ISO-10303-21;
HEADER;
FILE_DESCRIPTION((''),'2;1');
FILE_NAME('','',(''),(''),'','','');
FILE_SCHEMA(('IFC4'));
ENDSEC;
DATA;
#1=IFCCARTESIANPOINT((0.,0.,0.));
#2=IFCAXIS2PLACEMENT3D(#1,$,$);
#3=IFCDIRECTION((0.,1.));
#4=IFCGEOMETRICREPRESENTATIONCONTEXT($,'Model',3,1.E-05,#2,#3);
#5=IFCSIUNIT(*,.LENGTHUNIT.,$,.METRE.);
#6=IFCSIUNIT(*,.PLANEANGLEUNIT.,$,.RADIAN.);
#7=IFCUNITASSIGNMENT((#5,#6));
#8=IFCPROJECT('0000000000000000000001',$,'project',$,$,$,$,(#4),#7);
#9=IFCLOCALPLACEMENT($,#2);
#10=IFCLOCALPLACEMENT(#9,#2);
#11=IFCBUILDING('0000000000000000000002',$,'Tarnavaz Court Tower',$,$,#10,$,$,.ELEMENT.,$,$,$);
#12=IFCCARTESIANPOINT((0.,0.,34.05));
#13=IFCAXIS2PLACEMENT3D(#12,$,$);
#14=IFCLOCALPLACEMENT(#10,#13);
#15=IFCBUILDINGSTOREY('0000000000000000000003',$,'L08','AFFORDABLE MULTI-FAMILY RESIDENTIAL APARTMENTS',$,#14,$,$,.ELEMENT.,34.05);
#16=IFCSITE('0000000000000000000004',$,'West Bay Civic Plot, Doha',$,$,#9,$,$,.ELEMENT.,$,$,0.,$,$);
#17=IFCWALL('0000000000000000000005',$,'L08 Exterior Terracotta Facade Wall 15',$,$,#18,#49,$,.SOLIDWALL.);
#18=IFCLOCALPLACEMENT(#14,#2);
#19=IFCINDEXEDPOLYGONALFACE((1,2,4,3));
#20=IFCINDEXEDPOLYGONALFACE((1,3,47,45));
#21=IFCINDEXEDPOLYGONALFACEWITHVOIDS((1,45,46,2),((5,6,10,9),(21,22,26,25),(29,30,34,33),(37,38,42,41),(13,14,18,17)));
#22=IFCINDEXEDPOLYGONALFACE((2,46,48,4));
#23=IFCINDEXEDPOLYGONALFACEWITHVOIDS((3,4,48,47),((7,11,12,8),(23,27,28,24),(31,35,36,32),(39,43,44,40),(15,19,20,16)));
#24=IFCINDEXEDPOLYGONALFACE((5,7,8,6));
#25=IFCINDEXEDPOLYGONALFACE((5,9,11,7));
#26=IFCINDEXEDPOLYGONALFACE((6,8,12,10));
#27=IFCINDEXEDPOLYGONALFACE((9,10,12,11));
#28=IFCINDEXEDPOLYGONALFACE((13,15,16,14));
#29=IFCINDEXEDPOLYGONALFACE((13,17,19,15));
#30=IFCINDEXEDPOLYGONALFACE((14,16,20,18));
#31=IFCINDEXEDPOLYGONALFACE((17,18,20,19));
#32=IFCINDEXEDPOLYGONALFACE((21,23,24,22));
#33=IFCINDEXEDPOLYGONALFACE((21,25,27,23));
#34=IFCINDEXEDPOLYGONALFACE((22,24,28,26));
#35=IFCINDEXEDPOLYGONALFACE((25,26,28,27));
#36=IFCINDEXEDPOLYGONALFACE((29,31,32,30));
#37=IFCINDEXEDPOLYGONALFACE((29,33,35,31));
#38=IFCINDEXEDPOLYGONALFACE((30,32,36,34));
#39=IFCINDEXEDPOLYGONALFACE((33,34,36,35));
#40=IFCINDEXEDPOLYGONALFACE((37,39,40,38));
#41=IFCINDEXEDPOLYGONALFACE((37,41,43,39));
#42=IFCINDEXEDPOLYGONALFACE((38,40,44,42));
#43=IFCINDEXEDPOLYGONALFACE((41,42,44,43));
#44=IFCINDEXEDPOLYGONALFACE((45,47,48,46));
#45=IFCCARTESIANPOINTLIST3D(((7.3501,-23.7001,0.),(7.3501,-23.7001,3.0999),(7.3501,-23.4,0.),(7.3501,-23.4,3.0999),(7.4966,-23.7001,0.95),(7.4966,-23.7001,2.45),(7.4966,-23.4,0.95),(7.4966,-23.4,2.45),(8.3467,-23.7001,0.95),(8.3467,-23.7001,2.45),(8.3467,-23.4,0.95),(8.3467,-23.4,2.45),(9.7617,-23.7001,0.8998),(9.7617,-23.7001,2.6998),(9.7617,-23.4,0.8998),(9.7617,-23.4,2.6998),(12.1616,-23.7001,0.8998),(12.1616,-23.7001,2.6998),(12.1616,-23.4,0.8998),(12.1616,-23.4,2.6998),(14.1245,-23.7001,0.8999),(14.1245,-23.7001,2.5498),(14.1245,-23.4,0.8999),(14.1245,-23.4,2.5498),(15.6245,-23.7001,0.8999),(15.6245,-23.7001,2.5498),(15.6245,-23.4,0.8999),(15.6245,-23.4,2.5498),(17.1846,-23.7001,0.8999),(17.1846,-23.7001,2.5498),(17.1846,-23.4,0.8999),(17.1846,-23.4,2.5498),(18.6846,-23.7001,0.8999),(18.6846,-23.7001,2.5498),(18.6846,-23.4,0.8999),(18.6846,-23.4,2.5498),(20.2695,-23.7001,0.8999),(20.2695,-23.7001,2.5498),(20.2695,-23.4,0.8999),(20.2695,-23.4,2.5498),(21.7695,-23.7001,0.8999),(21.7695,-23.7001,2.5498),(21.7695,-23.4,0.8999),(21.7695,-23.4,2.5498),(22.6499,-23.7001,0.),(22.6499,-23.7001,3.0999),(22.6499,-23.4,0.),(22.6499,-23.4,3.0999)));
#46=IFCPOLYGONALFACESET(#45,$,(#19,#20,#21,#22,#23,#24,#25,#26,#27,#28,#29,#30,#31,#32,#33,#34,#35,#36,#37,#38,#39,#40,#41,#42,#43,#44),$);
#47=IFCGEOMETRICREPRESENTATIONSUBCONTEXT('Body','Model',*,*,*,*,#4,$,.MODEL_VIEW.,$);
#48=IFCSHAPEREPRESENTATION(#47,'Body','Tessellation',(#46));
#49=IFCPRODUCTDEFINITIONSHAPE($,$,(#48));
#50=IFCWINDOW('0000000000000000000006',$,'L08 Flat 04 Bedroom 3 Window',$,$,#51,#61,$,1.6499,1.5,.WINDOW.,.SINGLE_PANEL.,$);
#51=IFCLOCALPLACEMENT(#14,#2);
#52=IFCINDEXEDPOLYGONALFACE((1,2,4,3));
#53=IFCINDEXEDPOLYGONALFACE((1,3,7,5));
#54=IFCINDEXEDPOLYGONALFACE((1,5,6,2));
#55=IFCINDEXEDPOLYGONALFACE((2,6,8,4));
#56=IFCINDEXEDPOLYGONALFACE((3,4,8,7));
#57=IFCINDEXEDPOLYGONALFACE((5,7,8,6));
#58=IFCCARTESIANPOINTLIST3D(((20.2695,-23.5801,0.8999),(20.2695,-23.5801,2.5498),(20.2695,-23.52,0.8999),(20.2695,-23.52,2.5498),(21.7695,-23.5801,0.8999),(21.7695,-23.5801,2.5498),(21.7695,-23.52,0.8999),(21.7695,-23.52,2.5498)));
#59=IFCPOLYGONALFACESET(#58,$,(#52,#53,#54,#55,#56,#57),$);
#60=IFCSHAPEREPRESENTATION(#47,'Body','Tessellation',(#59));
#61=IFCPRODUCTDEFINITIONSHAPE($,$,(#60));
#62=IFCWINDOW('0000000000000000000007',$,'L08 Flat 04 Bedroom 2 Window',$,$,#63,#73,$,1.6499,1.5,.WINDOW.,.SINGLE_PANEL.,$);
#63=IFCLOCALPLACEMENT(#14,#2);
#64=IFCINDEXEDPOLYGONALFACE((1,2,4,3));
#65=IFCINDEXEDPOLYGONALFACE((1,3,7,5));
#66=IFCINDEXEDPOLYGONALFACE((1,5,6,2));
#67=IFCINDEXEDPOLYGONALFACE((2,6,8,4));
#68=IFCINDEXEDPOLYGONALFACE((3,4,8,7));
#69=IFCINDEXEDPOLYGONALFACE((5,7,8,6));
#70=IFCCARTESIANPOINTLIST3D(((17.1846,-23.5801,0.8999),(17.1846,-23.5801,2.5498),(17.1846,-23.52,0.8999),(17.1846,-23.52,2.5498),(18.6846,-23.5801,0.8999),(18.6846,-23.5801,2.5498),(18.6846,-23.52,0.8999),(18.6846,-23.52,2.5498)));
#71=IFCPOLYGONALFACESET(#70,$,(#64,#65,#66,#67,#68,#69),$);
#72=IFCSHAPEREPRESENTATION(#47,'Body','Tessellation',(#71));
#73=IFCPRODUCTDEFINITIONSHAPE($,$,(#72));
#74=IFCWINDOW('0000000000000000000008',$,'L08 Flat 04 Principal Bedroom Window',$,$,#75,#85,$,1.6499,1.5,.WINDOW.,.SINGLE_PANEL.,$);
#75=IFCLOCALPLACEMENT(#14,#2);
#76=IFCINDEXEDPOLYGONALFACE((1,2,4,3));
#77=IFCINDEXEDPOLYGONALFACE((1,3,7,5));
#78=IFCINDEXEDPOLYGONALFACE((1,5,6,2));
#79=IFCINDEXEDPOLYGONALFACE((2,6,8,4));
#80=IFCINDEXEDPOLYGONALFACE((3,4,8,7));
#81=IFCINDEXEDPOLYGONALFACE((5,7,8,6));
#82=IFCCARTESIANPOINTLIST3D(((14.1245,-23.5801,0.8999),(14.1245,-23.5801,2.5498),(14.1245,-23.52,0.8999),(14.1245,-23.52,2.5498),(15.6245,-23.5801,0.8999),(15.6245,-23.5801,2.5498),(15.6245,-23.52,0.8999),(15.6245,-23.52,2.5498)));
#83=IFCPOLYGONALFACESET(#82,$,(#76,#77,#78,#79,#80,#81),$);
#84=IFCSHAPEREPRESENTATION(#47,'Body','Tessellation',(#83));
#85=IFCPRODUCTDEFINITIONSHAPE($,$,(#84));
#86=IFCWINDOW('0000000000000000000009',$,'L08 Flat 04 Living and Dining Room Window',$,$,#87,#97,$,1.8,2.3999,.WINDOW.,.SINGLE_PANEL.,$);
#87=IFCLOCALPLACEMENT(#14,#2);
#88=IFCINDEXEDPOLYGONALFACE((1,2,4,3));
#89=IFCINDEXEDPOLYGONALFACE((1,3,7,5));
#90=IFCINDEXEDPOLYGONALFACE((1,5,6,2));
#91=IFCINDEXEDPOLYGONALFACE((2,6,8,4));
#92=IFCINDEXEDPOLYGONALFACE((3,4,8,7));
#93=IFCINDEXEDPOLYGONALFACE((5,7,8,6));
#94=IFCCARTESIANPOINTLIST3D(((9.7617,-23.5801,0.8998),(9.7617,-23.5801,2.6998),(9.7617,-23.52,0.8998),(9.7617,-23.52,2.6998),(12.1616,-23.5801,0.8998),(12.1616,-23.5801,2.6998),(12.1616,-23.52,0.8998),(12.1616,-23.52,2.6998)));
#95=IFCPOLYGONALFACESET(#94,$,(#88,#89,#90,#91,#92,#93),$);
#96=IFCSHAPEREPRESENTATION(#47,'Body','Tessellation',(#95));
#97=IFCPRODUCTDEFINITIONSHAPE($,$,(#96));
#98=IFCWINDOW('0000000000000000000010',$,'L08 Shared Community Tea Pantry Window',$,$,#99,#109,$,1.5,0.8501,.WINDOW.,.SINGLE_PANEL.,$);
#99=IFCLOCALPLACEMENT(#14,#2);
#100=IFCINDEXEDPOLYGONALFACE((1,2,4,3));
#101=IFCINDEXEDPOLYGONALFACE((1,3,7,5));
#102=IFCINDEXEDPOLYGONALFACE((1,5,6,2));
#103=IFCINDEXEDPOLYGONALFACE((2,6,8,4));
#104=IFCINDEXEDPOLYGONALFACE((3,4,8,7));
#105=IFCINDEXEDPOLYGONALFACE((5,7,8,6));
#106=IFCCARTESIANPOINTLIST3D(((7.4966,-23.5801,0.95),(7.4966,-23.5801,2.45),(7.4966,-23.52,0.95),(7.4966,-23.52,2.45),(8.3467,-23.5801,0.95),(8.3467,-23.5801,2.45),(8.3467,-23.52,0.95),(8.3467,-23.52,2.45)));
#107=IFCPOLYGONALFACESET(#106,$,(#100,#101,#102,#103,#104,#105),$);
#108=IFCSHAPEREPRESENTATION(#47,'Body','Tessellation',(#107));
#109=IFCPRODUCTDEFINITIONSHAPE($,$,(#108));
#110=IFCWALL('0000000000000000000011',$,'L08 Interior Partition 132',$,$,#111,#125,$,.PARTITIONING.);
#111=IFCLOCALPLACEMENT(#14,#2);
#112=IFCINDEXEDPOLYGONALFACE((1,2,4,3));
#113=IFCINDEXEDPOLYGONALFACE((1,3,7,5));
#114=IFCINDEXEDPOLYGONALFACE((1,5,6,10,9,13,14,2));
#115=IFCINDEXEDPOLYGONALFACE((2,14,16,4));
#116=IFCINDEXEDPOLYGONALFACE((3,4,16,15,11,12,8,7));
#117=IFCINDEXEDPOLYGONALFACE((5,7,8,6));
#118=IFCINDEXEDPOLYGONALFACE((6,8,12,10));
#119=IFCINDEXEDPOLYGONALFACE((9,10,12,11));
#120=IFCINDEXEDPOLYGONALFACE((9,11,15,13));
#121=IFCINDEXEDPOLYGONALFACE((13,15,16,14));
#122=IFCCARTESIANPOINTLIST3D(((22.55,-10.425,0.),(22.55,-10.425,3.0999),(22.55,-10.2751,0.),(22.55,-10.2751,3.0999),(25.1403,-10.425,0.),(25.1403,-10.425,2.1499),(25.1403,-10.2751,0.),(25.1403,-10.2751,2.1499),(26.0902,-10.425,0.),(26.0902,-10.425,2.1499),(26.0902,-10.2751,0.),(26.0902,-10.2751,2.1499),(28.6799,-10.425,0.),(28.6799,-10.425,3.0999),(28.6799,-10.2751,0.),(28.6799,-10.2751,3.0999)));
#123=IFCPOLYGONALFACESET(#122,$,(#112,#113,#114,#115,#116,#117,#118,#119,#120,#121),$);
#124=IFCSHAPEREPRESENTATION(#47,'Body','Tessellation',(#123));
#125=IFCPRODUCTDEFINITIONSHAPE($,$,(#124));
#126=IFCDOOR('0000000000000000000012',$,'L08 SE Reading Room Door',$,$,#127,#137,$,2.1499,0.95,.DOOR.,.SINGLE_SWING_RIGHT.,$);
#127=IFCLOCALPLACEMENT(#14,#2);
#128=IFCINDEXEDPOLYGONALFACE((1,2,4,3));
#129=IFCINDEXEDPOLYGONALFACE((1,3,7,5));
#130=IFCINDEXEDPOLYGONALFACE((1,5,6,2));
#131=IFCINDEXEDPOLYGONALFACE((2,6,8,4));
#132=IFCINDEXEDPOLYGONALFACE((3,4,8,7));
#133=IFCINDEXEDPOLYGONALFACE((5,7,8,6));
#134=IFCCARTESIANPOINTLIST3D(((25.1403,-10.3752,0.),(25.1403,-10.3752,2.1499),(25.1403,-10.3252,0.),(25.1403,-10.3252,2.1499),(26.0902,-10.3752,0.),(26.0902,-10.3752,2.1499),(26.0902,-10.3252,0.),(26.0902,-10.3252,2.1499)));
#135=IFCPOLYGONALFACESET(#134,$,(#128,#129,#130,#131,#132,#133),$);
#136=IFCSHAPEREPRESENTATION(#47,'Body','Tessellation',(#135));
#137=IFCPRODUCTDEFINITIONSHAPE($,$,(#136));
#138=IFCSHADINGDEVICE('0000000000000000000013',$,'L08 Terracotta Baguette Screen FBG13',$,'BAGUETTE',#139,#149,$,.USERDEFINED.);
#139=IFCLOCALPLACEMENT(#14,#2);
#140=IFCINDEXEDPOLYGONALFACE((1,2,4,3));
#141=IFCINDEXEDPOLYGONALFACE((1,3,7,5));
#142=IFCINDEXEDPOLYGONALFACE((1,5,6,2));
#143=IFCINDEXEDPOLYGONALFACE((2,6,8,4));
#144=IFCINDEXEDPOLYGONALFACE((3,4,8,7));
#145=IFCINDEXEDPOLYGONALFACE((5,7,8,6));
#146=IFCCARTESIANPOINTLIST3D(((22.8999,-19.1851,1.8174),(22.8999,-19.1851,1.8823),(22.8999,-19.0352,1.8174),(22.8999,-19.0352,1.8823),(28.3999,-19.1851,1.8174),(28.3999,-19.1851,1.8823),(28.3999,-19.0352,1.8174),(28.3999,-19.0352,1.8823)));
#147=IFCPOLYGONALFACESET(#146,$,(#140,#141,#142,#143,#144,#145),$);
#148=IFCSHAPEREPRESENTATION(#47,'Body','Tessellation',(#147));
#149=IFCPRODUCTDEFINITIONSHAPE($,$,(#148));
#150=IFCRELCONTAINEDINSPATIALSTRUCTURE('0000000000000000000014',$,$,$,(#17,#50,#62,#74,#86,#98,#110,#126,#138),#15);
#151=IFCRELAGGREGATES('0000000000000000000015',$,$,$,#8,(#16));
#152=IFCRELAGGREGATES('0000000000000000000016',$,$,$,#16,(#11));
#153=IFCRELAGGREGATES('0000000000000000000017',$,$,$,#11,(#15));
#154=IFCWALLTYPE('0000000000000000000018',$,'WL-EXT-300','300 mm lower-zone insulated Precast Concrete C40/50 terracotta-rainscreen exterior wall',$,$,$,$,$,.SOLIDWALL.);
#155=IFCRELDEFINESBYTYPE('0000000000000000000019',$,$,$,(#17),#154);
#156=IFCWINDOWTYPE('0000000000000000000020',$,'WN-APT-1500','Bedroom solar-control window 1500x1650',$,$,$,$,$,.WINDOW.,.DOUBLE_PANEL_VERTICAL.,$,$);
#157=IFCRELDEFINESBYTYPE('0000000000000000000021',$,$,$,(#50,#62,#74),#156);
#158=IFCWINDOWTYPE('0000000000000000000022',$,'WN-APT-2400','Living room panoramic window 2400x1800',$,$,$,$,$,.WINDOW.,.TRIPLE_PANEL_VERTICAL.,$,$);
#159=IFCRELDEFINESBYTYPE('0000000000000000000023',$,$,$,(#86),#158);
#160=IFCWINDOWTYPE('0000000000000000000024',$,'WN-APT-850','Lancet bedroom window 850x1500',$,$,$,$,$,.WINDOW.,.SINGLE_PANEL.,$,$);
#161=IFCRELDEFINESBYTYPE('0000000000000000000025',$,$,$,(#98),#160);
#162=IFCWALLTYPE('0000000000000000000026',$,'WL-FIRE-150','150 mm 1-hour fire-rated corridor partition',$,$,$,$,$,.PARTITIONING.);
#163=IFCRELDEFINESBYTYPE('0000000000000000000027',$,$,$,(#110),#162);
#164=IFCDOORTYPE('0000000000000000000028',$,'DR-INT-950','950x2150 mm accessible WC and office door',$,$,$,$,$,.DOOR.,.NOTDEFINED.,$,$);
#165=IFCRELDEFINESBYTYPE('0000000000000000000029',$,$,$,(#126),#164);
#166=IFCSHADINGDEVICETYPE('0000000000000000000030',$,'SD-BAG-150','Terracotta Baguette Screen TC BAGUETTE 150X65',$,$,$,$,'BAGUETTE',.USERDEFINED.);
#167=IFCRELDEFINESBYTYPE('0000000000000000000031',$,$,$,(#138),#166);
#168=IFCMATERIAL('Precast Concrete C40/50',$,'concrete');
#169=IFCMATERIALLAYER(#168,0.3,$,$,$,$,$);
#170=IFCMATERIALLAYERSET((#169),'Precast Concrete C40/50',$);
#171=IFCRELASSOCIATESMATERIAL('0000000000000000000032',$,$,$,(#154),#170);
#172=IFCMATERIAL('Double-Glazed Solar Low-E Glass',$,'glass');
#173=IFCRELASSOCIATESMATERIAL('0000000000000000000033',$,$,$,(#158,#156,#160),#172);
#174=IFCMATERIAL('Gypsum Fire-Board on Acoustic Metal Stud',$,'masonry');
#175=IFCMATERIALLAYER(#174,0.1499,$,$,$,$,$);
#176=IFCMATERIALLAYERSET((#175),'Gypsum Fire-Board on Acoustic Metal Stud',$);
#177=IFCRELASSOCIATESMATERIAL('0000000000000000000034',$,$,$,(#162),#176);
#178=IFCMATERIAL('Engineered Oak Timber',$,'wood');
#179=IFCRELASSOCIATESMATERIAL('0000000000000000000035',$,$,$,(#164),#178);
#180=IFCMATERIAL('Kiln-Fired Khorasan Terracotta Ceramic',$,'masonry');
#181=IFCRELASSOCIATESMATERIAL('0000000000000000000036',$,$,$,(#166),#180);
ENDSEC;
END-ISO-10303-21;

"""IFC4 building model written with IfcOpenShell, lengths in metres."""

from ifc_helpers import new_model, si_unit, direction, frame, frame_2d, origin, origin_2d, place, context, subcontext, project, spatial, rectangle, extrude, material, layer, layer_set, material_profile, profile_set, type_object, element, fill, save


model = new_model("IFC4")

# Units and contexts
model_context = context("Model", 3, precision=1e-05, world=origin(), true_north=direction((0.0, 1.0)))
body_context = subcontext(model_context, "Body", "Model", "MODEL_VIEW")
ifc_project = project(units=[si_unit("LENGTHUNIT", "METRE"), si_unit("PLANEANGLEUNIT", "RADIAN")], contexts=[model_context])

# Site, building, storey
site_placement = place(None, origin())
site = spatial("IfcSite", under=ifc_project, at=site_placement, Name="West Bay Civic Plot, Doha", CompositionType="ELEMENT", RefElevation=0.0)
building_placement = place(site_placement, origin())
building = spatial("IfcBuilding", under=site, at=building_placement, Name="Tarnavaz Court Tower", CompositionType="ELEMENT")
storey_placement = place(building_placement, frame((0.0, 0.0, 34.05)))
storey = spatial("IfcBuildingStorey", under=building, at=storey_placement, Name="L08", Description="AFFORDABLE MULTI-FAMILY RESIDENTIAL APARTMENTS", CompositionType="ELEMENT", Elevation=34.05)

# Shared definitions
ifc_material_1 = material(Name="Precast Concrete C40/50", Category="concrete")
ifc_layer_1 = layer(ifc_material_1, 0.3)
ifc_layer_set_1 = layer_set([ifc_layer_1], Name="Precast Concrete C40/50")
wall_type_1 = type_object("IfcWallType", Name="WL-EXT-300", Description="300 mm lower-zone insulated Precast Concrete C40/50 terracotta-rainscreen exterior wall", PredefinedType="SOLIDWALL", material=ifc_layer_set_1)
ifc_material_2 = material(Name="Double-Glazed Solar Low-E Glass", Category="glass")
window_type_1 = type_object("IfcWindowType", Name="WN-APT-2400", Description="Living room panoramic window 2400x1800", PartitioningType="TRIPLE_PANEL_VERTICAL", PredefinedType="WINDOW", material=ifc_material_2)

# Wall, openings, windows
wall_1_placement = place(storey_placement, frame((22.6499, -23.55, 0.0), z_axis=(0.0, 0.0, 1.0), x_axis=(-1.0, 0.0, 0.0)))
wall_1 = element("IfcWall", 1, at=wall_1_placement, inside=storey, type_object=wall_type_1, Name="L08 Exterior Terracotta Facade Wall 15", PredefinedType="SOLIDWALL", context=body_context, shape_type="SweptSolid", body=[
    extrude(rectangle(XDim=15.2998, YDim=0.3, at=frame_2d((7.6499, 0.0))), origin(), (0.0, 0.0, 1.0), 3.0999),
])
opening_1_placement = place(wall_1_placement, frame((0.8804, 0.0, 0.8999)))
opening_1 = element("IfcOpeningElement", 2, at=opening_1_placement, cuts=wall_1, PredefinedType="OPENING", context=body_context, shape_type="SweptSolid", body=[
    extrude(rectangle(XDim=1.5, YDim=1.6499, at=frame_2d((0.75, 0.825))), frame((0.0, 0.1599, 0.0), z_axis=(0.0, -1.0, 0.0), x_axis=(1.0, 0.0, 0.0)), (0.0, 0.0, 1.0), 0.3201),
])
opening_2_placement = place(wall_1_placement, frame((3.9653, 0.0, 0.8999)))
opening_2 = element("IfcOpeningElement", 3, at=opening_2_placement, cuts=wall_1, PredefinedType="OPENING", context=body_context, shape_type="SweptSolid", body=[
    extrude(rectangle(XDim=1.5, YDim=1.6499, at=frame_2d((0.75, 0.825))), frame((0.0, 0.1599, 0.0), z_axis=(0.0, -1.0, 0.0), x_axis=(1.0, 0.0, 0.0)), (0.0, 0.0, 1.0), 0.3201),
])
opening_3_placement = place(wall_1_placement, frame((7.0254, 0.0, 0.8999)))
opening_3 = element("IfcOpeningElement", 4, at=opening_3_placement, cuts=wall_1, PredefinedType="OPENING", context=body_context, shape_type="SweptSolid", body=[
    extrude(rectangle(XDim=1.5, YDim=1.6499, at=frame_2d((0.75, 0.825))), frame((0.0, 0.1599, 0.0), z_axis=(0.0, -1.0, 0.0), x_axis=(1.0, 0.0, 0.0)), (0.0, 0.0, 1.0), 0.3201),
])
opening_4_placement = place(wall_1_placement, frame((10.4883, 0.0, 0.8999)))
opening_4 = element("IfcOpeningElement", 5, at=opening_4_placement, cuts=wall_1, PredefinedType="OPENING", context=body_context, shape_type="SweptSolid", body=[
    extrude(rectangle(XDim=2.3999, YDim=1.8, at=frame_2d((1.2, 0.8999))), frame((0.0, 0.1599, 0.0), z_axis=(0.0, -1.0, 0.0), x_axis=(1.0, 0.0, 0.0)), (0.0, 0.0, 1.0), 0.3201),
])
opening_5_placement = place(wall_1_placement, frame((14.3032, 0.0, 0.95)))
opening_5 = element("IfcOpeningElement", 6, at=opening_5_placement, cuts=wall_1, PredefinedType="OPENING", context=body_context, shape_type="SweptSolid", body=[
    extrude(rectangle(XDim=0.8501, YDim=1.5, at=frame_2d((0.425, 0.75))), frame((0.0, 0.1599, 0.0), z_axis=(0.0, -1.0, 0.0), x_axis=(1.0, 0.0, 0.0)), (0.0, 0.0, 1.0), 0.3201),
])
window_type_2 = type_object("IfcWindowType", Name="WN-APT-1500", Description="Bedroom solar-control window 1500x1650", PartitioningType="DOUBLE_PANEL_VERTICAL", PredefinedType="WINDOW", material=ifc_material_2)
window_1_placement = place(opening_1_placement, origin())
window_1 = element("IfcWindow", 7, at=window_1_placement, inside=storey, type_object=window_type_2, Name="L08 Flat 04 Bedroom 3 Window", OverallHeight=1.6499, OverallWidth=1.5, PartitioningType="SINGLE_PANEL", PredefinedType="WINDOW", context=body_context, shape_type="SweptSolid", body=[
    extrude(rectangle(XDim=1.5, YDim=1.6499, at=frame_2d((0.75, 0.825))), frame((0.0, 0.03, 0.0), z_axis=(0.0, -1.0, 0.0), x_axis=(1.0, 0.0, 0.0)), (0.0, 0.0, 1.0), 0.0601),
])
fill(opening_1, window_1)
window_2_placement = place(opening_2_placement, origin())
window_2 = element("IfcWindow", 8, at=window_2_placement, inside=storey, type_object=window_type_2, Name="L08 Flat 04 Bedroom 2 Window", OverallHeight=1.6499, OverallWidth=1.5, PartitioningType="SINGLE_PANEL", PredefinedType="WINDOW", context=body_context, shape_type="SweptSolid", body=[
    extrude(rectangle(XDim=1.5, YDim=1.6499, at=frame_2d((0.75, 0.825))), frame((0.0, 0.03, 0.0), z_axis=(0.0, -1.0, 0.0), x_axis=(1.0, 0.0, 0.0)), (0.0, 0.0, 1.0), 0.0601),
])
fill(opening_2, window_2)
window_3_placement = place(opening_3_placement, origin())
window_3 = element("IfcWindow", 9, at=window_3_placement, inside=storey, type_object=window_type_2, Name="L08 Flat 04 Principal Bedroom Window", OverallHeight=1.6499, OverallWidth=1.5, PartitioningType="SINGLE_PANEL", PredefinedType="WINDOW", context=body_context, shape_type="SweptSolid", body=[
    extrude(rectangle(XDim=1.5, YDim=1.6499, at=frame_2d((0.75, 0.825))), frame((0.0, 0.03, 0.0), z_axis=(0.0, -1.0, 0.0), x_axis=(1.0, 0.0, 0.0)), (0.0, 0.0, 1.0), 0.0601),
])
fill(opening_3, window_3)
window_4_placement = place(opening_4_placement, origin())
window_4 = element("IfcWindow", 10, at=window_4_placement, inside=storey, type_object=window_type_1, Name="L08 Flat 04 Living and Dining Room Window", OverallHeight=1.8, OverallWidth=2.3999, PartitioningType="SINGLE_PANEL", PredefinedType="WINDOW", context=body_context, shape_type="SweptSolid", body=[
    extrude(rectangle(XDim=2.3999, YDim=1.8, at=frame_2d((1.2, 0.8999))), frame((0.0, 0.03, 0.0), z_axis=(0.0, -1.0, 0.0), x_axis=(1.0, 0.0, 0.0)), (0.0, 0.0, 1.0), 0.0601),
])
fill(opening_4, window_4)
window_type_3 = type_object("IfcWindowType", Name="WN-APT-850", Description="Lancet bedroom window 850x1500", PartitioningType="SINGLE_PANEL", PredefinedType="WINDOW", material=ifc_material_2)
window_5_placement = place(opening_5_placement, origin())
window_5 = element("IfcWindow", 11, at=window_5_placement, inside=storey, type_object=window_type_3, Name="L08 Shared Community Tea Pantry Window", OverallHeight=1.5, OverallWidth=0.8501, PartitioningType="SINGLE_PANEL", PredefinedType="WINDOW", context=body_context, shape_type="SweptSolid", body=[
    extrude(rectangle(XDim=0.8501, YDim=1.5, at=frame_2d((0.425, 0.75))), frame((0.0, 0.03, 0.0), z_axis=(0.0, -1.0, 0.0), x_axis=(1.0, 0.0, 0.0)), (0.0, 0.0, 1.0), 0.0601),
])
fill(opening_5, window_5)

# Wall, opening, door
ifc_material_3 = material(Name="Gypsum Fire-Board on Acoustic Metal Stud", Category="masonry")
ifc_layer_2 = layer(ifc_material_3, 0.1499)
ifc_layer_set_2 = layer_set([ifc_layer_2], Name="Gypsum Fire-Board on Acoustic Metal Stud")
wall_type_2 = type_object("IfcWallType", Name="WL-FIRE-150", Description="150 mm 1-hour fire-rated corridor partition", PredefinedType="PARTITIONING", material=ifc_layer_set_2)
wall_2_placement = place(storey_placement, frame((22.55, -10.3501, 0.0), z_axis=(0.0, 0.0, 1.0), x_axis=(1.0, 0.0, 0.0)))
wall_2 = element("IfcWall", 12, at=wall_2_placement, inside=storey, type_object=wall_type_2, Name="L08 Interior Partition 132", PredefinedType="PARTITIONING", context=body_context, shape_type="SweptSolid", body=[
    extrude(rectangle(XDim=6.1299, YDim=0.1499, at=frame_2d((3.0649, 0.0))), origin(), (0.0, 0.0, 1.0), 3.0999),
])
opening_6_placement = place(wall_2_placement, frame((2.5901, 0.0, 0.0)))
opening_6 = element("IfcOpeningElement", 13, at=opening_6_placement, cuts=wall_2, PredefinedType="OPENING", context=body_context, shape_type="SweptSolid", body=[
    extrude(rectangle(XDim=0.95, YDim=2.1499, at=frame_2d((0.4751, 1.075))), frame((0.0, 0.085, 0.0), z_axis=(0.0, -1.0, 0.0), x_axis=(1.0, 0.0, 0.0)), (0.0, 0.0, 1.0), 0.1699),
])
ifc_material_4 = material(Name="Engineered Oak Timber", Category="wood")
door_type = type_object("IfcDoorType", Name="DR-INT-950", Description="950x2150 mm accessible WC and office door", OperationType="NOTDEFINED", PredefinedType="DOOR", material=ifc_material_4)
door_placement = place(opening_6_placement, origin())
door = element("IfcDoor", 14, at=door_placement, inside=storey, type_object=door_type, Name="L08 SE Reading Room Door", OperationType="SINGLE_SWING_RIGHT", OverallHeight=2.1499, OverallWidth=0.95, PredefinedType="DOOR", context=body_context, shape_type="SweptSolid", body=[
    extrude(rectangle(XDim=0.95, YDim=2.1499, at=frame_2d((0.4751, 1.075))), frame((0.0, 0.0249, 0.0), z_axis=(0.0, -1.0, 0.0), x_axis=(1.0, 0.0, 0.0)), (0.0, 0.0, 1.0), 0.05),
])
fill(opening_6, door)

# Shading device
ifc_material_5 = material(Name="Kiln-Fired Khorasan Terracotta Ceramic", Category="masonry")
ifc_material_profile_1 = material_profile(ifc_material_5, rectangle(XDim=0.1499, YDim=0.0649, at=origin_2d()), Name="TC BAGUETTE 150X65")
ifc_profile_set_1 = profile_set([ifc_material_profile_1], Name="Kiln-Fired Khorasan Terracotta Ceramic")
shading_device_type = type_object("IfcShadingDeviceType", Name="SD-BAG-150", Description="Terracotta Baguette Screen TC BAGUETTE 150X65", ElementType="BAGUETTE", PredefinedType="USERDEFINED", material=ifc_profile_set_1)
shading_device_placement = place(storey_placement, frame((28.3999, -19.1101, 1.8499), z_axis=(-1.0, 0.0, 0.0), x_axis=(0.0, -1.0, 0.0)))
element("IfcShadingDevice", 15, at=shading_device_placement, inside=storey, type_object=shading_device_type, Name="L08 Terracotta Baguette Screen FBG13", ObjectType="BAGUETTE", PredefinedType="USERDEFINED", context=body_context, shape_type="SweptSolid", body=[
    extrude(rectangle(XDim=0.1499, YDim=0.0649, at=origin_2d()), origin(), (0.0, 0.0, 1.0), 5.5),
])

save(model, "model.ifc")
